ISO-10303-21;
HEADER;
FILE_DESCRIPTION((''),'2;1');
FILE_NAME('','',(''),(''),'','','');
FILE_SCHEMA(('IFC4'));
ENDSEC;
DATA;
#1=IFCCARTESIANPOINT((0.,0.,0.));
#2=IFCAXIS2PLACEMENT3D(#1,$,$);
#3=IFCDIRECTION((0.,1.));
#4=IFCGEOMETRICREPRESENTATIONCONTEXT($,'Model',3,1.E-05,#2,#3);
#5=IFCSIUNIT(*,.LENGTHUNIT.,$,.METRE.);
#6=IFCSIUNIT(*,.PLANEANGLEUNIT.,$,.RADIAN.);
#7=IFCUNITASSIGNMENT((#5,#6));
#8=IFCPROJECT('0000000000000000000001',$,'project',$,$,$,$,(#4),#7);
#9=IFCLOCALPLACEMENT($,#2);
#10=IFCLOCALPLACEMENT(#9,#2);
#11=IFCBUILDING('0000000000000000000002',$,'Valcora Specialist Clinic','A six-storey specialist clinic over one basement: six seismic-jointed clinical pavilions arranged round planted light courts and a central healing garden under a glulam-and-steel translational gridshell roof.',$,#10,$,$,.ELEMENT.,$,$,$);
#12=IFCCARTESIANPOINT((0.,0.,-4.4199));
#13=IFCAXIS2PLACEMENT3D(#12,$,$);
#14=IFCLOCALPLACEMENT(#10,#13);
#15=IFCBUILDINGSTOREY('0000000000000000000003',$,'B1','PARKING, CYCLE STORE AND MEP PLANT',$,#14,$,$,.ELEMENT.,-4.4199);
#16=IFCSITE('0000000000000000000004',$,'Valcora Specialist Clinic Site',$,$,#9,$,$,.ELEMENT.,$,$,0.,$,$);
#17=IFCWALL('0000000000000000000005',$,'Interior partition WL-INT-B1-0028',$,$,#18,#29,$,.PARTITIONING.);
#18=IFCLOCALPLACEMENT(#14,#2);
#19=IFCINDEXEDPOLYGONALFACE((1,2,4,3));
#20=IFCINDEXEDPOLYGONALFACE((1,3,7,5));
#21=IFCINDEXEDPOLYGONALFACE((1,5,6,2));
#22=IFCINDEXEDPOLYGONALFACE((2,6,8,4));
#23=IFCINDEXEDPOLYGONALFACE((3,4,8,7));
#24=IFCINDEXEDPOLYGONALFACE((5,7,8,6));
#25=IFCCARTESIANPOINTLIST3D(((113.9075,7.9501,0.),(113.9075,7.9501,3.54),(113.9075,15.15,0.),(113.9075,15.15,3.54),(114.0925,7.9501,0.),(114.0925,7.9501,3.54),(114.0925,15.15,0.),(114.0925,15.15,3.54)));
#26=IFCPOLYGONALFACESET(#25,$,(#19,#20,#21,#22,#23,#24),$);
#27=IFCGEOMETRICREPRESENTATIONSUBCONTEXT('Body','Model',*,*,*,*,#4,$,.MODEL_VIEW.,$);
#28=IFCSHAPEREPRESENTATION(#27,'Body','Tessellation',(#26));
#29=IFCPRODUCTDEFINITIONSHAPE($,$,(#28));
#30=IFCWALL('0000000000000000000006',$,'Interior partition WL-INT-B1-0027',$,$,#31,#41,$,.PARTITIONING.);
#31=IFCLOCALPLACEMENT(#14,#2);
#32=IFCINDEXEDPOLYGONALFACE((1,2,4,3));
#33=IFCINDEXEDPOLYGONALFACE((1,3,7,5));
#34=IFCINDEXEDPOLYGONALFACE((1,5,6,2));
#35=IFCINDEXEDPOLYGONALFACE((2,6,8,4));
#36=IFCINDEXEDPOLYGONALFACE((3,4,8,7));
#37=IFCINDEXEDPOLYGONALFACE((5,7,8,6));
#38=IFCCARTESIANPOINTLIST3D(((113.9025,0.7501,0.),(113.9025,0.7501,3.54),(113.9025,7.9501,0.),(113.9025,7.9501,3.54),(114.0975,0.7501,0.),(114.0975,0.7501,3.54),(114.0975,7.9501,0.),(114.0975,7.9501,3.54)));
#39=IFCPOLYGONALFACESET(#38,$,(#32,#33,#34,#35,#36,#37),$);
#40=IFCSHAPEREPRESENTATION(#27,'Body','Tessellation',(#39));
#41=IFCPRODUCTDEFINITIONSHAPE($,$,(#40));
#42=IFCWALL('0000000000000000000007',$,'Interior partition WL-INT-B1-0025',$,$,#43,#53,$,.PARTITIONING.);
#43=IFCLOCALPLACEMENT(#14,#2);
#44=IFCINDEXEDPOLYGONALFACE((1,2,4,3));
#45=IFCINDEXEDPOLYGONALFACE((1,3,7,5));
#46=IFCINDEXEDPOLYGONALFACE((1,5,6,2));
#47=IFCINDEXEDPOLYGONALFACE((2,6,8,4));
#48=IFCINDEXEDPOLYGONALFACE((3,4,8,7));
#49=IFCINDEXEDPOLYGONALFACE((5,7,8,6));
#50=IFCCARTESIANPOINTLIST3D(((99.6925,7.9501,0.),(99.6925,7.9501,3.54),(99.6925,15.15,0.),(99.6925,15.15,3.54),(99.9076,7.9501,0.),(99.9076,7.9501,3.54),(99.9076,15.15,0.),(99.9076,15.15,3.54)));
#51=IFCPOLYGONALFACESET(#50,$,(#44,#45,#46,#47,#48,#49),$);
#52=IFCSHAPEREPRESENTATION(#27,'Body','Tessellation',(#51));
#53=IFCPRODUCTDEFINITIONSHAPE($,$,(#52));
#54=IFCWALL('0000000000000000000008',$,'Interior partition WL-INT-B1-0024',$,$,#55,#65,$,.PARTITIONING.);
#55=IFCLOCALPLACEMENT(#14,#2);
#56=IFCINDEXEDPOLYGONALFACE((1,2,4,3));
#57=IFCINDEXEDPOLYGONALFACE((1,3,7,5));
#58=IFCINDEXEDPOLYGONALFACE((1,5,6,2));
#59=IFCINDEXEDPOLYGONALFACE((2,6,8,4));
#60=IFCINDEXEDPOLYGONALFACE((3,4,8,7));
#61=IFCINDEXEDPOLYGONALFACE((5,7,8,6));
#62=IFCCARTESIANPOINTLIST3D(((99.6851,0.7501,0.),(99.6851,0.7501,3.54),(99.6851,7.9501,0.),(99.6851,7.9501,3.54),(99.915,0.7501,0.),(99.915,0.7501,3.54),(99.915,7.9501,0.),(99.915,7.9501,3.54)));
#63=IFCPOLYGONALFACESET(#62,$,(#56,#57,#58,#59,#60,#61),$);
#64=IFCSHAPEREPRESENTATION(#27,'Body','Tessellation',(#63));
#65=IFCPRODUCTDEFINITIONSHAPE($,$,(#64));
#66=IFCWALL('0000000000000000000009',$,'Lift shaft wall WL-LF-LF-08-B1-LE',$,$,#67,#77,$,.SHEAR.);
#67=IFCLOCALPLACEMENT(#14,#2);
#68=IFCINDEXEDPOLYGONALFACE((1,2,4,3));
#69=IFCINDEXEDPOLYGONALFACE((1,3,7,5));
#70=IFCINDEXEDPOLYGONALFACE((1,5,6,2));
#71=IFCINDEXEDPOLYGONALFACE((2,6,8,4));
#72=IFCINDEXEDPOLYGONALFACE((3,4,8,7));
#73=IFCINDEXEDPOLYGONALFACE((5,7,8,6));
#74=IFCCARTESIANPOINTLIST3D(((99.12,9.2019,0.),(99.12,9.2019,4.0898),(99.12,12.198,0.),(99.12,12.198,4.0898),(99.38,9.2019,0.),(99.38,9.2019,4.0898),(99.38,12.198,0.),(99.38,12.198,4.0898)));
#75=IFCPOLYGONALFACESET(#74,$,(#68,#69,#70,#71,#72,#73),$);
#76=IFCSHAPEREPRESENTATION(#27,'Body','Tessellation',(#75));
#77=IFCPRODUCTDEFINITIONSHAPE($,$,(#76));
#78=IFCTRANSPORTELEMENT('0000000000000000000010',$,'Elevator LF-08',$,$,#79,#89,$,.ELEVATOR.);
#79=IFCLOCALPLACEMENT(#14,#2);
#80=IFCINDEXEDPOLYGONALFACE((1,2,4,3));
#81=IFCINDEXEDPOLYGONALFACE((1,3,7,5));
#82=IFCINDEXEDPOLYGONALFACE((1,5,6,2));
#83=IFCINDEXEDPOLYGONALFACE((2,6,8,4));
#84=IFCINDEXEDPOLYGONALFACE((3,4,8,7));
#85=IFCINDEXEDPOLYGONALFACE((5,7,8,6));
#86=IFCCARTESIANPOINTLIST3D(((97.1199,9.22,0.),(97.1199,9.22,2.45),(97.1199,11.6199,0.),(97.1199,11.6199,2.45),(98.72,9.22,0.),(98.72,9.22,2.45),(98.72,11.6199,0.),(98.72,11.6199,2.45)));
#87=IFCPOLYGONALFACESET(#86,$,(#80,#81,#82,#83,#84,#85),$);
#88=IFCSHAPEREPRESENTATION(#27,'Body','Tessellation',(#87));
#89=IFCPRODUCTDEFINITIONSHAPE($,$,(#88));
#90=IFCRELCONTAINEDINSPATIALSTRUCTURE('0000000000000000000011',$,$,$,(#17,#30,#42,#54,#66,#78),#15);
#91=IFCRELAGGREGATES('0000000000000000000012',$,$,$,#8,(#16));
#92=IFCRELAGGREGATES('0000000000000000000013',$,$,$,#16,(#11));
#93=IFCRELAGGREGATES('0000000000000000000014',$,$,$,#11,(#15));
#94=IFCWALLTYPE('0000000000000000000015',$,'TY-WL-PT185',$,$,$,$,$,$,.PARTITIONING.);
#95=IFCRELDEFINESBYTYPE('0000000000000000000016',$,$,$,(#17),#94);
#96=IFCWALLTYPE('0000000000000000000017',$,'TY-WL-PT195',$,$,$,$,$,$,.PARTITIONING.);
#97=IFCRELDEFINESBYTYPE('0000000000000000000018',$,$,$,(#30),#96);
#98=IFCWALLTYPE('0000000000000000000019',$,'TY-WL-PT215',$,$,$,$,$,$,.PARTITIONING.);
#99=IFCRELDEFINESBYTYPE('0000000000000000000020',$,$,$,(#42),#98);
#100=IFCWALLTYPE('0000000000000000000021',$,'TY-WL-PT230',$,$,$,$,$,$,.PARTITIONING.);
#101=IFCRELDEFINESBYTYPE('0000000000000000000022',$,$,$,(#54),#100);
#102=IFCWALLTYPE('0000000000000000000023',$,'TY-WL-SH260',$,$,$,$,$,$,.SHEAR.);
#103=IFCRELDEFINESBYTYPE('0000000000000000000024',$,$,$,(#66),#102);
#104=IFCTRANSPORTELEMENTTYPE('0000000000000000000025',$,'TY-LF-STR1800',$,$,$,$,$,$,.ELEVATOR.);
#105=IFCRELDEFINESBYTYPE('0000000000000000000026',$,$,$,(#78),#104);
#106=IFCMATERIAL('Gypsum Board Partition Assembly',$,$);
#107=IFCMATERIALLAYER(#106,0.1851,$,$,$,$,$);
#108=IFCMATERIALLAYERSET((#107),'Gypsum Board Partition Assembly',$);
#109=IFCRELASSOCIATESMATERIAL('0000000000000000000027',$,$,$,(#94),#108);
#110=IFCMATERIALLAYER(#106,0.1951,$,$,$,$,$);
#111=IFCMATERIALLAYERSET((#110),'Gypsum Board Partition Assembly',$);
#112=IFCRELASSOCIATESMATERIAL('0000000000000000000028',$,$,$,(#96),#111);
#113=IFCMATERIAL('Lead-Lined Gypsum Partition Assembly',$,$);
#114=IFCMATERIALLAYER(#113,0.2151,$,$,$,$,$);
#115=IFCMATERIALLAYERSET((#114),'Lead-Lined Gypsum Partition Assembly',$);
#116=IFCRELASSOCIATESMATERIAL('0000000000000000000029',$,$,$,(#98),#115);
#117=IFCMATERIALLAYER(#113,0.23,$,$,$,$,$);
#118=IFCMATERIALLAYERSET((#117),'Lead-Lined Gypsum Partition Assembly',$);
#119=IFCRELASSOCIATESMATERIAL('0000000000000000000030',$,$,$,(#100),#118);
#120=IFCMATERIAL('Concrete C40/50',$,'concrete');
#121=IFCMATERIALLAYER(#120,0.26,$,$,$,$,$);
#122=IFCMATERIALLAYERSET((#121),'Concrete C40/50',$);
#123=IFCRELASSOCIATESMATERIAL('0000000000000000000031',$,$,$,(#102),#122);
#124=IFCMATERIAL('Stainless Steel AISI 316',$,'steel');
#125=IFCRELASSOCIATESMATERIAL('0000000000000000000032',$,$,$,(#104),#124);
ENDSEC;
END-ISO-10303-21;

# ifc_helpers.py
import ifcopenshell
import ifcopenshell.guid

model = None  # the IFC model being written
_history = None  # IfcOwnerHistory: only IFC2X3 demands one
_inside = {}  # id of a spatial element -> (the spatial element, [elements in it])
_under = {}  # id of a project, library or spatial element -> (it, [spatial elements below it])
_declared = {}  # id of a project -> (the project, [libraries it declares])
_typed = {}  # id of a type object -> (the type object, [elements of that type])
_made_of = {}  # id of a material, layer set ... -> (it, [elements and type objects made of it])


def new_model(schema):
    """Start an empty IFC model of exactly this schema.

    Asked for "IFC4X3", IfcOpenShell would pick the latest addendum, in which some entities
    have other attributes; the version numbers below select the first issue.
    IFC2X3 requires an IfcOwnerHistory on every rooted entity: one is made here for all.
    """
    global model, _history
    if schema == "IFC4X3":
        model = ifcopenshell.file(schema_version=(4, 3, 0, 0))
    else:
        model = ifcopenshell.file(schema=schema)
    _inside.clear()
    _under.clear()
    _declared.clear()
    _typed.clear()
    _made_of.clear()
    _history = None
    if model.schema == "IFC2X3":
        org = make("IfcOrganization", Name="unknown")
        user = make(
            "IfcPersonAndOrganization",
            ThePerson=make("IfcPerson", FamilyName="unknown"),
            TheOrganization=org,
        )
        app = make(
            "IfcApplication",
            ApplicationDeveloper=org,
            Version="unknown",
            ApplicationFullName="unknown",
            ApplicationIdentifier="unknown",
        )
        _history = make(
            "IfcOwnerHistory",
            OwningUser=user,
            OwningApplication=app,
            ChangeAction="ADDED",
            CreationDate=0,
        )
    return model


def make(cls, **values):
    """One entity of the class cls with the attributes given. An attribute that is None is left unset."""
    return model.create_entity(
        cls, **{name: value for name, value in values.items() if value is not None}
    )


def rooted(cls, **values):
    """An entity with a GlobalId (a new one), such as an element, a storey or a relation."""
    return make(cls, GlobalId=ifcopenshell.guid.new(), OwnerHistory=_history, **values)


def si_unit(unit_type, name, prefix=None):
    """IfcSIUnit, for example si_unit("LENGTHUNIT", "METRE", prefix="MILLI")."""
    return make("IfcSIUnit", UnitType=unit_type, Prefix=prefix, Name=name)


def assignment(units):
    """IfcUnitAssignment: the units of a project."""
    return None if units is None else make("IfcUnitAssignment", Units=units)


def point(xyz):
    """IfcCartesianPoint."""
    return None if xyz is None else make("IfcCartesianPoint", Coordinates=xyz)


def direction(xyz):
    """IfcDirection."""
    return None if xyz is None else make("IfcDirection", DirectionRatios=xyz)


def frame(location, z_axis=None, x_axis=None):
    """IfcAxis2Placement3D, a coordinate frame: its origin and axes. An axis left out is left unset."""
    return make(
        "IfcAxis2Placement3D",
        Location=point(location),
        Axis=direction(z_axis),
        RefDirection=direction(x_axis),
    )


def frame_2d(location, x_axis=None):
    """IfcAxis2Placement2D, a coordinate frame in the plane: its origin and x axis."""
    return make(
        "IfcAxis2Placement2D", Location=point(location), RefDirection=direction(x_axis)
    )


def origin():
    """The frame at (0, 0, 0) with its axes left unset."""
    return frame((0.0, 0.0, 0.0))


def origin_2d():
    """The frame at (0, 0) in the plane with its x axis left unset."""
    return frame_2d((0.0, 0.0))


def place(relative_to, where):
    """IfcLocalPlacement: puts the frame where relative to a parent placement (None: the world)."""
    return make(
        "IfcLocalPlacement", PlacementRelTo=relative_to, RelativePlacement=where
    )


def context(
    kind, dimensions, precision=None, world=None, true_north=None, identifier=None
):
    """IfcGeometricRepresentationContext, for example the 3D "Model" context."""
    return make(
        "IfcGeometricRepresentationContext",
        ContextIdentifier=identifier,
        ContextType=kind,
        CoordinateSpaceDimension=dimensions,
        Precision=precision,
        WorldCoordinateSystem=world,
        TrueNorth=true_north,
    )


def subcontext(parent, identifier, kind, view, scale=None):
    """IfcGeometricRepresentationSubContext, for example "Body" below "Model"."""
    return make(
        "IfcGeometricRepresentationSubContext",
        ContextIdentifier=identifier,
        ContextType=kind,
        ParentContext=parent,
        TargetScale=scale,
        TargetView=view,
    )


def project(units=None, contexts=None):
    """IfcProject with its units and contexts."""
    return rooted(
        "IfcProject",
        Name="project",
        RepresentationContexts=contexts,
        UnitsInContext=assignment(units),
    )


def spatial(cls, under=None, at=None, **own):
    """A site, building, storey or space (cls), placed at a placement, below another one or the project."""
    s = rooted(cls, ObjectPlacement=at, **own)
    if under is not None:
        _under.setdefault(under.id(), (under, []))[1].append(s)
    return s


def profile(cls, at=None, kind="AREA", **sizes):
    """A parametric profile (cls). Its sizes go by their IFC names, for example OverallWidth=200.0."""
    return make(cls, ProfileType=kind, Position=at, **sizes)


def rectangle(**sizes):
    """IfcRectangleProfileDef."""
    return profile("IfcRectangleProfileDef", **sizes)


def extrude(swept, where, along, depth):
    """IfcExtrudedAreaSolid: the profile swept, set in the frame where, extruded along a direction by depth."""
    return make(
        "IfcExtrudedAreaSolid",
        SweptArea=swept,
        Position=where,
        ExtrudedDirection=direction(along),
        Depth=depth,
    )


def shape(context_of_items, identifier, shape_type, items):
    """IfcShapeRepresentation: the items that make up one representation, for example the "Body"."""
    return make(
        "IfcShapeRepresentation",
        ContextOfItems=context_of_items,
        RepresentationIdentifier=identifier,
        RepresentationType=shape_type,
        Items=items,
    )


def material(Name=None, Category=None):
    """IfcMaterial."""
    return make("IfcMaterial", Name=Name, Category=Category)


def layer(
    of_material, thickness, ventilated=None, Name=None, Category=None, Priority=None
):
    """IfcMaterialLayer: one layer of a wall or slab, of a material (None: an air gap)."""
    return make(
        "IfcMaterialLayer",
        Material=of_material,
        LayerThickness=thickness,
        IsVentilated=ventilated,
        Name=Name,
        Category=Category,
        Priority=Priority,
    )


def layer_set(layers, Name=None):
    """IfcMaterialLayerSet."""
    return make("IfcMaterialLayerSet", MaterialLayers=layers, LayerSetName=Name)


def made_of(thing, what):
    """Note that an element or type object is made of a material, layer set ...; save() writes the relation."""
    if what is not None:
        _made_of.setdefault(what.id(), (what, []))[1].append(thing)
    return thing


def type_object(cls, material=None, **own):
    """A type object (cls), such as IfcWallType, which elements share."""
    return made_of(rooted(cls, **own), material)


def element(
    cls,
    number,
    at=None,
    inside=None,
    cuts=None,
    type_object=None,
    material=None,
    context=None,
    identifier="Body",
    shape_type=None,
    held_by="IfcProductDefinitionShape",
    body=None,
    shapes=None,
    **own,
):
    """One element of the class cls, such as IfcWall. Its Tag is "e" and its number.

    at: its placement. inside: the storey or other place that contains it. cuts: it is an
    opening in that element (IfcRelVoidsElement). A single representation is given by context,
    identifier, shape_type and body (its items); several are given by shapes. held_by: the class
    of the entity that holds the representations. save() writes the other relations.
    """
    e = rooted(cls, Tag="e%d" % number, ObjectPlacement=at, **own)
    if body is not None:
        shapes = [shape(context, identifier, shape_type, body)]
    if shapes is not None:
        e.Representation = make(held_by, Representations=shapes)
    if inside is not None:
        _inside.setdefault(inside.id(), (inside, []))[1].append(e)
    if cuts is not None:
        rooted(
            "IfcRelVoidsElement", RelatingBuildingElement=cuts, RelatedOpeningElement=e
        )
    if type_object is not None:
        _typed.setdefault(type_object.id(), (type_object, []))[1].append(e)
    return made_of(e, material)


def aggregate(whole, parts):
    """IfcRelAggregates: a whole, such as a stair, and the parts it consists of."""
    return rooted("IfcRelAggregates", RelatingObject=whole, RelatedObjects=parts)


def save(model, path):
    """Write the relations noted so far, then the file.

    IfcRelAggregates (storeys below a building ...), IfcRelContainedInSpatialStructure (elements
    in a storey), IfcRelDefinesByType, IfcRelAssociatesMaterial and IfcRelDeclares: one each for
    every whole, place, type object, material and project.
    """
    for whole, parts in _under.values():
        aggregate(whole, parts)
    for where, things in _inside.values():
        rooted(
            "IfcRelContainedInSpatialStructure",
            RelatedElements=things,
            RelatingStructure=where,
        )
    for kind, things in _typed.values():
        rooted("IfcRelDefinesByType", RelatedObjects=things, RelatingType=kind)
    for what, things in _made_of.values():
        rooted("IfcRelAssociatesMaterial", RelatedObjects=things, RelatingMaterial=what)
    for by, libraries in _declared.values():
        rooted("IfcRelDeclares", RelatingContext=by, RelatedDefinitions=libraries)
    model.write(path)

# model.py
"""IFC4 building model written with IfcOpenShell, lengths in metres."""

from ifc_helpers import new_model, si_unit, direction, frame, frame_2d, origin, origin_2d, place, context, subcontext, project, spatial, rectangle, extrude, material, layer, layer_set, type_object, element, save


model = new_model("IFC4")

# Units and contexts
model_context = context("Model", 3, precision=1e-05, world=origin(), true_north=direction((0.0, 1.0)))
body_context = subcontext(model_context, "Body", "Model", "MODEL_VIEW")
ifc_project = project(units=[si_unit("LENGTHUNIT", "METRE"), si_unit("PLANEANGLEUNIT", "RADIAN")], contexts=[model_context])

# Site, building, storey
site_placement = place(None, origin())
site = spatial("IfcSite", under=ifc_project, at=site_placement, Name="Valcora Specialist Clinic Site", CompositionType="ELEMENT", RefElevation=0.0)
building_placement = place(site_placement, origin())
building = spatial("IfcBuilding", under=site, at=building_placement, Name="Valcora Specialist Clinic", Description="A six-storey specialist clinic over one basement: six seismic-jointed clinical pavilions arranged round planted light courts and a central healing garden under a glulam-and-steel translational gridshell roof.", CompositionType="ELEMENT")
storey_placement = place(building_placement, frame((0.0, 0.0, -4.4199)))
storey = spatial("IfcBuildingStorey", under=building, at=storey_placement, Name="B1", Description="PARKING, CYCLE STORE AND MEP PLANT", CompositionType="ELEMENT", Elevation=-4.4199)

# Shared definitions
ifc_material_1 = material(Name="Concrete C40/50", Category="concrete")

# Walls
ifc_material_2 = material(Name="Gypsum Board Partition Assembly")
ifc_layer_1 = layer(ifc_material_2, 0.1851)
ifc_layer_set_1 = layer_set([ifc_layer_1], Name="Gypsum Board Partition Assembly")
wall_type_1 = type_object("IfcWallType", Name="TY-WL-PT185", PredefinedType="PARTITIONING", material=ifc_layer_set_1)
wall_1_placement = place(storey_placement, frame((114.0, 7.95, 0.0), z_axis=(0.0, 0.0, 1.0), x_axis=(0.0, 1.0, 0.0)))
element("IfcWall", 1, at=wall_1_placement, inside=storey, type_object=wall_type_1, Name="Interior partition WL-INT-B1-0028", PredefinedType="PARTITIONING", context=body_context, shape_type="SweptSolid", body=[
    extrude(rectangle(XDim=7.2, YDim=0.1851, at=frame_2d((3.6001, 0.0))), origin(), (0.0, 0.0, 1.0), 3.54),
])
ifc_layer_2 = layer(ifc_material_2, 0.1951)
ifc_layer_set_2 = layer_set([ifc_layer_2], Name="Gypsum Board Partition Assembly")
wall_type_2 = type_object("IfcWallType", Name="TY-WL-PT195", PredefinedType="PARTITIONING", material=ifc_layer_set_2)
wall_2_placement = place(storey_placement, frame((114.0, 0.75, 0.0), z_axis=(0.0, 0.0, 1.0), x_axis=(0.0, 1.0, 0.0)))
element("IfcWall", 2, at=wall_2_placement, inside=storey, type_object=wall_type_2, Name="Interior partition WL-INT-B1-0027", PredefinedType="PARTITIONING", context=body_context, shape_type="SweptSolid", body=[
    extrude(rectangle(XDim=7.2, YDim=0.1951, at=frame_2d((3.6001, 0.0))), origin(), (0.0, 0.0, 1.0), 3.54),
])
ifc_material_3 = material(Name="Lead-Lined Gypsum Partition Assembly")
ifc_layer_3 = layer(ifc_material_3, 0.2151)
ifc_layer_set_3 = layer_set([ifc_layer_3], Name="Lead-Lined Gypsum Partition Assembly")
wall_type_3 = type_object("IfcWallType", Name="TY-WL-PT215", PredefinedType="PARTITIONING", material=ifc_layer_set_3)
wall_3_placement = place(storey_placement, frame((99.8, 7.95, 0.0), z_axis=(0.0, 0.0, 1.0), x_axis=(0.0, 1.0, 0.0)))
element("IfcWall", 3, at=wall_3_placement, inside=storey, type_object=wall_type_3, Name="Interior partition WL-INT-B1-0025", PredefinedType="PARTITIONING", context=body_context, shape_type="SweptSolid", body=[
    extrude(rectangle(XDim=7.2, YDim=0.2151, at=frame_2d((3.6001, 0.0))), origin(), (0.0, 0.0, 1.0), 3.54),
])
ifc_layer_4 = layer(ifc_material_3, 0.23)
ifc_layer_set_4 = layer_set([ifc_layer_4], Name="Lead-Lined Gypsum Partition Assembly")
wall_type_4 = type_object("IfcWallType", Name="TY-WL-PT230", PredefinedType="PARTITIONING", material=ifc_layer_set_4)
wall_4_placement = place(storey_placement, frame((99.8, 0.75, 0.0), z_axis=(0.0, 0.0, 1.0), x_axis=(0.0, 1.0, 0.0)))
element("IfcWall", 4, at=wall_4_placement, inside=storey, type_object=wall_type_4, Name="Interior partition WL-INT-B1-0024", PredefinedType="PARTITIONING", context=body_context, shape_type="SweptSolid", body=[
    extrude(rectangle(XDim=7.2, YDim=0.23, at=frame_2d((3.6001, 0.0))), origin(), (0.0, 0.0, 1.0), 3.54),
])
ifc_layer_5 = layer(ifc_material_1, 0.26)
ifc_layer_set_5 = layer_set([ifc_layer_5], Name="Concrete C40/50")
wall_type_5 = type_object("IfcWallType", Name="TY-WL-SH260", PredefinedType="SHEAR", material=ifc_layer_set_5)
wall_5_placement = place(storey_placement, frame((99.25, 9.2019, 0.0), z_axis=(0.0, 0.0, 1.0), x_axis=(0.0, 1.0, 0.0)))
element("IfcWall", 5, at=wall_5_placement, inside=storey, type_object=wall_type_5, Name="Lift shaft wall WL-LF-LF-08-B1-LE", PredefinedType="SHEAR", context=body_context, shape_type="SweptSolid", body=[
    extrude(rectangle(XDim=2.9961, YDim=0.26, at=frame_2d((1.498, 0.0))), origin(), (0.0, 0.0, 1.0), 4.0898),
])

# Transport element
ifc_material_4 = material(Name="Stainless Steel AISI 316", Category="steel")
transport_element_type = type_object("IfcTransportElementType", Name="TY-LF-STR1800", PredefinedType="ELEVATOR", material=ifc_material_4)
transport_element_placement = place(storey_placement, frame((97.9199, 10.4199, 0.0), z_axis=(0.0, 0.0, 1.0), x_axis=(1.0, 0.0, 0.0)))
element("IfcTransportElement", 6, at=transport_element_placement, inside=storey, type_object=transport_element_type, Name="Elevator LF-08", PredefinedType="ELEVATOR", context=body_context, shape_type="SweptSolid", body=[
    extrude(rectangle(XDim=1.6001, YDim=2.3999, at=origin_2d()), origin(), (0.0, 0.0, 1.0), 2.45),
])

save(model, "model.ifc")
